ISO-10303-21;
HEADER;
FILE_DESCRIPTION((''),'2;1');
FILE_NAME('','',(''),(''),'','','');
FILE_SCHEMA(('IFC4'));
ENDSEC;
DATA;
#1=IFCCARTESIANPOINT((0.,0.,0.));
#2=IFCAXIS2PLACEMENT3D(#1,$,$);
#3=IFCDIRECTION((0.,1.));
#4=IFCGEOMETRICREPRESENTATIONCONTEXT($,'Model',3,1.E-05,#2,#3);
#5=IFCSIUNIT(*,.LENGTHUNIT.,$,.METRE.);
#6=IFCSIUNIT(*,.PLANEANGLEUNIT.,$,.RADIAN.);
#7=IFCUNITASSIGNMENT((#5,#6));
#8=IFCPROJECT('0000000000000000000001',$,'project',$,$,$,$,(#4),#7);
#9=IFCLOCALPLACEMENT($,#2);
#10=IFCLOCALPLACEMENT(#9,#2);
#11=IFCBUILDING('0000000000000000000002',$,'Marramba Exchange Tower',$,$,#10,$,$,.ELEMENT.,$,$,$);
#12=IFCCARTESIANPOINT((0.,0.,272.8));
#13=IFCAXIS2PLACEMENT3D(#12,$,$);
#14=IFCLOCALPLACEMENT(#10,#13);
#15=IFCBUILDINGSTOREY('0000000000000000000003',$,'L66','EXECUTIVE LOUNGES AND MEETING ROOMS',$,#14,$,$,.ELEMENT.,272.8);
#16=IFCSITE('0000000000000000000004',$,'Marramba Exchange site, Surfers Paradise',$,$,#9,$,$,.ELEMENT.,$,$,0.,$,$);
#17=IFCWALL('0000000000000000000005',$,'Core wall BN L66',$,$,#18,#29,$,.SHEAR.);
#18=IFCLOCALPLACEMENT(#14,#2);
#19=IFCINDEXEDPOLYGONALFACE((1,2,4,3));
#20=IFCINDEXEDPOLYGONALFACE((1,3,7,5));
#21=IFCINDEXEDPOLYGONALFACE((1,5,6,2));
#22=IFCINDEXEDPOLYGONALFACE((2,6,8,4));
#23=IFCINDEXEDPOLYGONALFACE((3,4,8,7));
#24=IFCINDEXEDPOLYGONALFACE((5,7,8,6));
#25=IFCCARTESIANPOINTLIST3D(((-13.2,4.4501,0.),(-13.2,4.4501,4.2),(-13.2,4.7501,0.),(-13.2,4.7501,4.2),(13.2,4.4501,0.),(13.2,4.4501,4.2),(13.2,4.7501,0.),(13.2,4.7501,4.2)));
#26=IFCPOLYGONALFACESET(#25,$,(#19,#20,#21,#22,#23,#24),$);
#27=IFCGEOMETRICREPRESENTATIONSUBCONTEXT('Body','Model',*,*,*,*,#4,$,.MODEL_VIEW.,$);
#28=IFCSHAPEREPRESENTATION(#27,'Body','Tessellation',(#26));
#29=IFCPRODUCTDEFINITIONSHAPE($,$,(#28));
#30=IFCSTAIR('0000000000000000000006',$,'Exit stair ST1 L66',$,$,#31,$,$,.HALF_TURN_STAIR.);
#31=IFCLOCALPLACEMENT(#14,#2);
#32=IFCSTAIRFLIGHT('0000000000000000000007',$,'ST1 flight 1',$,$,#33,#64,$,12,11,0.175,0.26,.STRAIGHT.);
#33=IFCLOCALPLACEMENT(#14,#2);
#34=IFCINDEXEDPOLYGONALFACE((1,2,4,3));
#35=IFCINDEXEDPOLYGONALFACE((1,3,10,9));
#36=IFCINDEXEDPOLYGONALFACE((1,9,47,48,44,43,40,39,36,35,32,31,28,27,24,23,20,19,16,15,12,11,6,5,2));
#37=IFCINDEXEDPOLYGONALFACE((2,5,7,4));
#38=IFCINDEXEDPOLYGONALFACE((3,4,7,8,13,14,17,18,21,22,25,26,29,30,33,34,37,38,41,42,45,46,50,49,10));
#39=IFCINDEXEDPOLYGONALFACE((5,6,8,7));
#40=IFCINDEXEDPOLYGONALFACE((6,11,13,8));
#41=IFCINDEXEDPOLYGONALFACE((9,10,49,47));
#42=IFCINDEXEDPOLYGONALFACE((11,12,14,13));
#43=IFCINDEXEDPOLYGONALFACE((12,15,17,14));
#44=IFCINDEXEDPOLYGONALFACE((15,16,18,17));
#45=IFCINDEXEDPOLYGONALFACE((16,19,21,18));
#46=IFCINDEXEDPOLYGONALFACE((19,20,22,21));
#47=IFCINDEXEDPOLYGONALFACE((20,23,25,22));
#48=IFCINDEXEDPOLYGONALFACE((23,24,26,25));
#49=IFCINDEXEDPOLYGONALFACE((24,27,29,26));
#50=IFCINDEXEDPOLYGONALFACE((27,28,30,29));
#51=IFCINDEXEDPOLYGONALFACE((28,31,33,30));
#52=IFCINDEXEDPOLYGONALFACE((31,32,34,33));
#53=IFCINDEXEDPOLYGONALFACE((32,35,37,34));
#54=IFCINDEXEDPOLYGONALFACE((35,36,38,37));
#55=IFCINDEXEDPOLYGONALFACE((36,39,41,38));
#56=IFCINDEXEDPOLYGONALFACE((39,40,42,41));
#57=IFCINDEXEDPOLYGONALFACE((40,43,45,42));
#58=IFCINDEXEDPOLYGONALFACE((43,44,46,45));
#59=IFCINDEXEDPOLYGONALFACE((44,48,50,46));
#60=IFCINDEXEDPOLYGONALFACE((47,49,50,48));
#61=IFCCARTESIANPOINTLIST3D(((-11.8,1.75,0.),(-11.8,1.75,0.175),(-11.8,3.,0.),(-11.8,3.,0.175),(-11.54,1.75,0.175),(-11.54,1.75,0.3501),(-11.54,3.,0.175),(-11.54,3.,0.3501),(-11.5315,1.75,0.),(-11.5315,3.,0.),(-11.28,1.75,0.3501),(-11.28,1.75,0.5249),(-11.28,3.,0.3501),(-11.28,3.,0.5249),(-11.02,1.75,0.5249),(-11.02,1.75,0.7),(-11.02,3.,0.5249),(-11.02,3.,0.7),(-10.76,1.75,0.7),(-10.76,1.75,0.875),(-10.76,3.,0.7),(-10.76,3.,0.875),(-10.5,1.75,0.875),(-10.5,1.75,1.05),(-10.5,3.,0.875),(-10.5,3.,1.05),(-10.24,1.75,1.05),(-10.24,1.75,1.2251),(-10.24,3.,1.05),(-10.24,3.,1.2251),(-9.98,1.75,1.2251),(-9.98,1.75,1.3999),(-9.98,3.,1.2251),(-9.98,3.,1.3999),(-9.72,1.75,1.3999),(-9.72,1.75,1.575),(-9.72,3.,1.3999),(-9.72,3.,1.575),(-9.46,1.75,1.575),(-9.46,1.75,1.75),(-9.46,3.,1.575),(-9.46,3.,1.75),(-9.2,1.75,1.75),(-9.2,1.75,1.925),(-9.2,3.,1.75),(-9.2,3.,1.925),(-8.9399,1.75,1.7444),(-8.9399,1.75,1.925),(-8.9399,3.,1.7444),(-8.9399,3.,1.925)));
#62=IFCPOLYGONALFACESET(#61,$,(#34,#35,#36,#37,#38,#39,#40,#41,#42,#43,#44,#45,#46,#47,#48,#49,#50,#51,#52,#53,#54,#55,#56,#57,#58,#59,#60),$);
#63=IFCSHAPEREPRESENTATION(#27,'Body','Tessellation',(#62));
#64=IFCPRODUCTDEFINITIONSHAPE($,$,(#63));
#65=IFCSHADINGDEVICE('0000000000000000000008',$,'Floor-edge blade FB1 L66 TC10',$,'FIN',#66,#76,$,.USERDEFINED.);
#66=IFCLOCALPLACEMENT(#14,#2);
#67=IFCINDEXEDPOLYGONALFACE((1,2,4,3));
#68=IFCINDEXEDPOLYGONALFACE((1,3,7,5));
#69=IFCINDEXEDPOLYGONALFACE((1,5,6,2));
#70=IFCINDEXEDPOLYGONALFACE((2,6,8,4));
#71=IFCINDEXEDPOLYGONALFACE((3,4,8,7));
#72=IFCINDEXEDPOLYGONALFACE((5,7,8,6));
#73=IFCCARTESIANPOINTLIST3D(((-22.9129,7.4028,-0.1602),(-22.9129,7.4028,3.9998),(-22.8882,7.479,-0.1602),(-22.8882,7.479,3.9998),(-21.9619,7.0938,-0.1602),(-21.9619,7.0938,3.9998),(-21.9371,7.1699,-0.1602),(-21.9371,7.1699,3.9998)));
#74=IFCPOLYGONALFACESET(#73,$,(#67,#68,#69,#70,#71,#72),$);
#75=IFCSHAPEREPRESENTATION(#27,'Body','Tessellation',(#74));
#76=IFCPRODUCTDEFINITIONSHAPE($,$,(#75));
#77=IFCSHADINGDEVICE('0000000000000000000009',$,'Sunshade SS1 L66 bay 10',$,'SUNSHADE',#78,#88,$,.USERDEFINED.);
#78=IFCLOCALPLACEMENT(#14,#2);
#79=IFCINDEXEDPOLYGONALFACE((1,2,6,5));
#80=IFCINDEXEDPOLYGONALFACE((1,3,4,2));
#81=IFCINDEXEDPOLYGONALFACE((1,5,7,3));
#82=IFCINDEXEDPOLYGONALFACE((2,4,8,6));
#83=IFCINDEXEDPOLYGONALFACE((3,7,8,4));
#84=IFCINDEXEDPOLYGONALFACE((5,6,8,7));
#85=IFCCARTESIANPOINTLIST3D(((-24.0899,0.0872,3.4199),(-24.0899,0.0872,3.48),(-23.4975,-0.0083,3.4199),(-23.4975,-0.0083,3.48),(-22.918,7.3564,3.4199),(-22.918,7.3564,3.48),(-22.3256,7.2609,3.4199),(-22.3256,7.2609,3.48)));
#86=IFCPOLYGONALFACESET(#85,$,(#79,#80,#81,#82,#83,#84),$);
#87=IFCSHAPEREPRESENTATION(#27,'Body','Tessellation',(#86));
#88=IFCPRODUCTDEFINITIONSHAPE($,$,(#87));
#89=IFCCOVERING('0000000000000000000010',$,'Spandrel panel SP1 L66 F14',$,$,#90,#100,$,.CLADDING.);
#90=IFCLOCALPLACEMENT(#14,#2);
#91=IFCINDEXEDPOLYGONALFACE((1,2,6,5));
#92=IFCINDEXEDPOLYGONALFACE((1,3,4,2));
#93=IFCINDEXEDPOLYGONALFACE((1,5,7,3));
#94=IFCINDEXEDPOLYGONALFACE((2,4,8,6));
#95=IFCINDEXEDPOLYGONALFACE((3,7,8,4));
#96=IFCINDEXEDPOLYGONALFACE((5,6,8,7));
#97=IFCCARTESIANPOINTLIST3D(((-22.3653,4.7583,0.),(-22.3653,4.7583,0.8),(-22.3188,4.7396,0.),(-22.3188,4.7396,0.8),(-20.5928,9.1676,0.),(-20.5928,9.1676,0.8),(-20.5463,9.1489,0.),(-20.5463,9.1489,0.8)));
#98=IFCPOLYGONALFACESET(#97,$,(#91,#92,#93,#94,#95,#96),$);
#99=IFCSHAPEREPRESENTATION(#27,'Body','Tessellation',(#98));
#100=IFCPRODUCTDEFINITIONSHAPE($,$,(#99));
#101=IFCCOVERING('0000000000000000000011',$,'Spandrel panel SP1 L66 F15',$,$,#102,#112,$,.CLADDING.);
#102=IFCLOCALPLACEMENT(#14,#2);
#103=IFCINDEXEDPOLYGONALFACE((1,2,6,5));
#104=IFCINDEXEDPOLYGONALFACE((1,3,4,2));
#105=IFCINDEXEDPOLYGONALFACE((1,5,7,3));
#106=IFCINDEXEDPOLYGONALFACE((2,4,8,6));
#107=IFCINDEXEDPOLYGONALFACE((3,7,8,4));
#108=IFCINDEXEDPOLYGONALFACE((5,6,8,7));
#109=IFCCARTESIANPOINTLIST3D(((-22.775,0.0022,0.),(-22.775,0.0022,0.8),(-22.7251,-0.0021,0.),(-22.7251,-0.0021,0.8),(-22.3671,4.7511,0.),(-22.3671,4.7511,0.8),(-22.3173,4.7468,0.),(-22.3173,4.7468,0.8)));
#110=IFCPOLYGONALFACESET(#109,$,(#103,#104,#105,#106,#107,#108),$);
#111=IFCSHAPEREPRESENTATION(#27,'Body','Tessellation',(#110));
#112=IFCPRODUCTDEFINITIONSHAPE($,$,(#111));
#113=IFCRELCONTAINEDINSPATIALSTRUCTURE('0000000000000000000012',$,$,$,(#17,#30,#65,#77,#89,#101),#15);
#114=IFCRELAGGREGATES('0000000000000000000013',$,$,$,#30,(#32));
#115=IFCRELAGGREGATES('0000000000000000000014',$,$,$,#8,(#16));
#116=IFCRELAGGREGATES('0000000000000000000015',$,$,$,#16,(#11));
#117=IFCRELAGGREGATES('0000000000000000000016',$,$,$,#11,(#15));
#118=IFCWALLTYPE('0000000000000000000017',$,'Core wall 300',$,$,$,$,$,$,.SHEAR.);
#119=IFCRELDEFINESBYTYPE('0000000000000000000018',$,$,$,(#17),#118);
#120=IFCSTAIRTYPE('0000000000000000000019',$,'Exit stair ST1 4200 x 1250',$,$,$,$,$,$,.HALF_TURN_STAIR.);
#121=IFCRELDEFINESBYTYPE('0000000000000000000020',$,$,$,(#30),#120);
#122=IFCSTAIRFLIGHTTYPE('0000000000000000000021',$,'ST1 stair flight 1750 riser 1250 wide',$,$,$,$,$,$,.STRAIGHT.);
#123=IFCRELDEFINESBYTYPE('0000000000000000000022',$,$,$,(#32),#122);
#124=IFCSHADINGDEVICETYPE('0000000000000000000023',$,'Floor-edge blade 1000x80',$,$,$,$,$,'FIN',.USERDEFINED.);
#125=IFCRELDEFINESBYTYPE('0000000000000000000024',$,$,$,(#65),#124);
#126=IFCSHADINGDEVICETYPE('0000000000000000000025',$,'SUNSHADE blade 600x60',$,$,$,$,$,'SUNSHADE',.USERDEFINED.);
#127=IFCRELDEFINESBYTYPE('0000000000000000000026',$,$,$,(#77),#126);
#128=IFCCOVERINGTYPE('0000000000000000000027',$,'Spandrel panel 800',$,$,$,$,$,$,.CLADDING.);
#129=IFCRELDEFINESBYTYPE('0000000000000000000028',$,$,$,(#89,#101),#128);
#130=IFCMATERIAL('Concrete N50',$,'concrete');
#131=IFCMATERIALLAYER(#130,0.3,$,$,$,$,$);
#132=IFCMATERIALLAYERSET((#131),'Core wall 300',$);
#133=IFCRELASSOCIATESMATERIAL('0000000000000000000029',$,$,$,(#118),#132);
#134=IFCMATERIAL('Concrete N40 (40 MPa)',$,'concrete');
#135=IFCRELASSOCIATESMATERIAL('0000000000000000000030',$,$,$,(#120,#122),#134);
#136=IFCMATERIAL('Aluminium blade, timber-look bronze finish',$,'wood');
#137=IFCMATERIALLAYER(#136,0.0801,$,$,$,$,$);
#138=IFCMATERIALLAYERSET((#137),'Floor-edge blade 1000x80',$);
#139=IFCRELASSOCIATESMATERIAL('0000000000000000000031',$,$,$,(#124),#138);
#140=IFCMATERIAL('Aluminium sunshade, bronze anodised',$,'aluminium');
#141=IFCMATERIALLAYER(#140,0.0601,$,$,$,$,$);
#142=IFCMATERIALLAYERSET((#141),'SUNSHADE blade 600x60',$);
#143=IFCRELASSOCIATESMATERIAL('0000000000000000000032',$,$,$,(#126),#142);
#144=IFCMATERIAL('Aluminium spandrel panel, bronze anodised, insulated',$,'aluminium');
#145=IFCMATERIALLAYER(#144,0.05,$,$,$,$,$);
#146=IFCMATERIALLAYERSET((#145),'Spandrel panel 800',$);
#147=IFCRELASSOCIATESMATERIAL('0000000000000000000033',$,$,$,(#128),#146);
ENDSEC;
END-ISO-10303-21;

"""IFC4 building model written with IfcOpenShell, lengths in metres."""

from ifc_helpers import new_model, si_unit, direction, frame, frame_2d, origin, origin_2d, place, context, subcontext, project, spatial, polyline, rectangle, outline, extrude, material, layer, layer_set, type_object, element, aggregate, save


model = new_model("IFC4")

# Units and contexts
model_context = context("Model", 3, precision=1e-05, world=origin(), true_north=direction((0.0, 1.0)))
body_context = subcontext(model_context, "Body", "Model", "MODEL_VIEW")
ifc_project = project(units=[si_unit("LENGTHUNIT", "METRE"), si_unit("PLANEANGLEUNIT", "RADIAN")], contexts=[model_context])

# Site, building, storey
site_placement = place(None, origin())
site = spatial("IfcSite", under=ifc_project, at=site_placement, Name="Marramba Exchange site, Surfers Paradise", CompositionType="ELEMENT", RefElevation=0.0)
building_placement = place(site_placement, origin())
building = spatial("IfcBuilding", under=site, at=building_placement, Name="Marramba Exchange Tower", CompositionType="ELEMENT")
storey_placement = place(building_placement, frame((0.0, 0.0, 272.8)))
storey = spatial("IfcBuildingStorey", under=building, at=storey_placement, Name="L66", Description="EXECUTIVE LOUNGES AND MEETING ROOMS", CompositionType="ELEMENT", Elevation=272.8)

# Shared definitions
ifc_material_1 = material(Name="Concrete N50", Category="concrete")

# Shared definitions
ifc_layer_1 = layer(ifc_material_1, 0.3)
ifc_layer_set_1 = layer_set([ifc_layer_1], Name="Core wall 300")
wall_type = type_object("IfcWallType", Name="Core wall 300", PredefinedType="SHEAR", material=ifc_layer_set_1)

# Wall
wall_1_placement = place(storey_placement, frame((-13.2, 4.6001, 0.0), z_axis=(0.0, 0.0, 1.0), x_axis=(1.0, 0.0, 0.0)))
element("IfcWall", 1, at=wall_1_placement, inside=storey, type_object=wall_type, Name="Core wall BN L66", PredefinedType="SHEAR", context=body_context, shape_type="SweptSolid", body=[
    extrude(rectangle(XDim=26.3999, YDim=0.3, at=frame_2d((13.2, 0.0))), origin(), (0.0, 0.0, 1.0), 4.2),
])

# Stair, stair flight
ifc_material_2 = material(Name="Concrete N40 (40 MPa)", Category="concrete")
stair_type = type_object("IfcStairType", Name="Exit stair ST1 4200 x 1250", PredefinedType="HALF_TURN_STAIR", material=ifc_material_2)
stair_placement = place(storey_placement, origin())
stair = element("IfcStair", 2, at=stair_placement, inside=storey, type_object=stair_type, Name="Exit stair ST1 L66", PredefinedType="HALF_TURN_STAIR")
stair_flight_type = type_object("IfcStairFlightType", Name="ST1 stair flight 1750 riser 1250 wide", PredefinedType="STRAIGHT", material=ifc_material_2)
stair_flight_placement = place(storey_placement, frame((-11.8, 2.375, 0.0), z_axis=(0.0, 0.0, 1.0), x_axis=(1.0, 0.0, 0.0)))
stair_flight = element("IfcStairFlight", 3, at=stair_flight_placement, type_object=stair_flight_type, Name="ST1 flight 1", NumberOfRisers=12, NumberOfTreads=11, PredefinedType="STRAIGHT", RiserHeight=0.175, TreadLength=0.26, context=body_context, shape_type="SweptSolid", body=[
    extrude(outline(polyline([(0.0, 0.0), (0.0, 0.175), (0.26, 0.175), (0.26, 0.3501), (0.52, 0.3501), (0.52, 0.5249), (0.78, 0.5249), (0.78, 0.7), (1.04, 0.7), (1.04, 0.875), (1.3, 0.875), (1.3, 1.05), (1.5601, 1.05), (1.5601, 1.2251), (1.8201, 1.2251), (1.8201, 1.3999), (2.0801, 1.3999), (2.0801, 1.575), (2.3401, 1.575), (2.3401, 1.75), (2.6001, 1.75), (2.6001, 1.925), (2.8601, 1.925), (2.8601, 2.1001), (2.8601, 1.7444), (0.2686, 0.0), (0.0, 0.0)])), frame((0.0, 0.625, 0.0), z_axis=(0.0, -1.0, 0.0), x_axis=(1.0, 0.0, 0.0)), (0.0, 0.0, 1.0), 1.25),
])
aggregate(stair, [stair_flight])

# Shading devices
ifc_material_3 = material(Name="Aluminium blade, timber-look bronze finish", Category="wood")
ifc_layer_2 = layer(ifc_material_3, 0.0801)
ifc_layer_set_2 = layer_set([ifc_layer_2], Name="Floor-edge blade 1000x80")
shading_device_type_1 = type_object("IfcShadingDeviceType", Name="Floor-edge blade 1000x80", ElementType="FIN", PredefinedType="USERDEFINED", material=ifc_layer_set_2)
shading_device_1_placement = place(storey_placement, frame((-22.425, 7.2864, -0.1602), z_axis=(0.0, 0.0, 1.0), x_axis=(-0.951057, 0.309017, 0.0)))
element("IfcShadingDevice", 4, at=shading_device_1_placement, inside=storey, type_object=shading_device_type_1, Name="Floor-edge blade FB1 L66 TC10", ObjectType="FIN", PredefinedType="USERDEFINED", context=body_context, shape_type="SweptSolid", body=[
    extrude(rectangle(XDim=1.0, YDim=0.0801, at=origin_2d()), origin(), (0.0, 0.0, 1.0), 4.1599),
])
ifc_material_4 = material(Name="Aluminium sunshade, bronze anodised", Category="aluminium")
ifc_layer_3 = layer(ifc_material_4, 0.0601)
ifc_layer_set_3 = layer_set([ifc_layer_3], Name="SUNSHADE blade 600x60")
shading_device_type_2 = type_object("IfcShadingDeviceType", Name="SUNSHADE blade 600x60", ElementType="SUNSHADE", PredefinedType="USERDEFINED", material=ifc_layer_set_3)
shading_device_2_placement = place(storey_placement, frame((-23.2078, 3.6741, 3.4199), z_axis=(0.0, 0.0, 1.0), x_axis=(-0.159158, -0.987253, 0.0)))
element("IfcShadingDevice", 5, at=shading_device_2_placement, inside=storey, type_object=shading_device_type_2, Name="Sunshade SS1 L66 bay 10", ObjectType="SUNSHADE", PredefinedType="USERDEFINED", context=body_context, shape_type="SweptSolid", body=[
    extrude(rectangle(XDim=7.363, YDim=0.6001, at=origin_2d()), origin(), (0.0, 0.0, 1.0), 0.0601),
])

# Coverings
ifc_material_5 = material(Name="Aluminium spandrel panel, bronze anodised, insulated", Category="aluminium")
ifc_layer_4 = layer(ifc_material_5, 0.05)
ifc_layer_set_4 = layer_set([ifc_layer_4], Name="Spandrel panel 800")
covering_type = type_object("IfcCoveringType", Name="Spandrel panel 800", PredefinedType="CLADDING", material=ifc_layer_set_4)
covering_1_placement = place(storey_placement, frame((-21.4558, 6.9536, 0.0), z_axis=(0.0, 0.0, 1.0), x_axis=(-0.372983, -0.927838, 0.0)))
element("IfcCovering", 6, at=covering_1_placement, inside=storey, type_object=covering_type, Name="Spandrel panel SP1 L66 F14", PredefinedType="CLADDING", context=body_context, shape_type="SweptSolid", body=[
    extrude(rectangle(XDim=4.7522, YDim=0.05, at=origin_2d()), origin(), (0.0, 0.0, 1.0), 0.8),
])
covering_2_placement = place(storey_placement, frame((-22.5461, 2.3745, 0.0), z_axis=(0.0, 0.0, 1.0), x_axis=(-0.085574, -0.996332, 0.0)))
element("IfcCovering", 7, at=covering_2_placement, inside=storey, type_object=covering_type, Name="Spandrel panel SP1 L66 F15", PredefinedType="CLADDING", context=body_context, shape_type="SweptSolid", body=[
    extrude(rectangle(XDim=4.7664, YDim=0.05, at=origin_2d()), origin(), (0.0, 0.0, 1.0), 0.8),
])

save(model, "model.ifc")
